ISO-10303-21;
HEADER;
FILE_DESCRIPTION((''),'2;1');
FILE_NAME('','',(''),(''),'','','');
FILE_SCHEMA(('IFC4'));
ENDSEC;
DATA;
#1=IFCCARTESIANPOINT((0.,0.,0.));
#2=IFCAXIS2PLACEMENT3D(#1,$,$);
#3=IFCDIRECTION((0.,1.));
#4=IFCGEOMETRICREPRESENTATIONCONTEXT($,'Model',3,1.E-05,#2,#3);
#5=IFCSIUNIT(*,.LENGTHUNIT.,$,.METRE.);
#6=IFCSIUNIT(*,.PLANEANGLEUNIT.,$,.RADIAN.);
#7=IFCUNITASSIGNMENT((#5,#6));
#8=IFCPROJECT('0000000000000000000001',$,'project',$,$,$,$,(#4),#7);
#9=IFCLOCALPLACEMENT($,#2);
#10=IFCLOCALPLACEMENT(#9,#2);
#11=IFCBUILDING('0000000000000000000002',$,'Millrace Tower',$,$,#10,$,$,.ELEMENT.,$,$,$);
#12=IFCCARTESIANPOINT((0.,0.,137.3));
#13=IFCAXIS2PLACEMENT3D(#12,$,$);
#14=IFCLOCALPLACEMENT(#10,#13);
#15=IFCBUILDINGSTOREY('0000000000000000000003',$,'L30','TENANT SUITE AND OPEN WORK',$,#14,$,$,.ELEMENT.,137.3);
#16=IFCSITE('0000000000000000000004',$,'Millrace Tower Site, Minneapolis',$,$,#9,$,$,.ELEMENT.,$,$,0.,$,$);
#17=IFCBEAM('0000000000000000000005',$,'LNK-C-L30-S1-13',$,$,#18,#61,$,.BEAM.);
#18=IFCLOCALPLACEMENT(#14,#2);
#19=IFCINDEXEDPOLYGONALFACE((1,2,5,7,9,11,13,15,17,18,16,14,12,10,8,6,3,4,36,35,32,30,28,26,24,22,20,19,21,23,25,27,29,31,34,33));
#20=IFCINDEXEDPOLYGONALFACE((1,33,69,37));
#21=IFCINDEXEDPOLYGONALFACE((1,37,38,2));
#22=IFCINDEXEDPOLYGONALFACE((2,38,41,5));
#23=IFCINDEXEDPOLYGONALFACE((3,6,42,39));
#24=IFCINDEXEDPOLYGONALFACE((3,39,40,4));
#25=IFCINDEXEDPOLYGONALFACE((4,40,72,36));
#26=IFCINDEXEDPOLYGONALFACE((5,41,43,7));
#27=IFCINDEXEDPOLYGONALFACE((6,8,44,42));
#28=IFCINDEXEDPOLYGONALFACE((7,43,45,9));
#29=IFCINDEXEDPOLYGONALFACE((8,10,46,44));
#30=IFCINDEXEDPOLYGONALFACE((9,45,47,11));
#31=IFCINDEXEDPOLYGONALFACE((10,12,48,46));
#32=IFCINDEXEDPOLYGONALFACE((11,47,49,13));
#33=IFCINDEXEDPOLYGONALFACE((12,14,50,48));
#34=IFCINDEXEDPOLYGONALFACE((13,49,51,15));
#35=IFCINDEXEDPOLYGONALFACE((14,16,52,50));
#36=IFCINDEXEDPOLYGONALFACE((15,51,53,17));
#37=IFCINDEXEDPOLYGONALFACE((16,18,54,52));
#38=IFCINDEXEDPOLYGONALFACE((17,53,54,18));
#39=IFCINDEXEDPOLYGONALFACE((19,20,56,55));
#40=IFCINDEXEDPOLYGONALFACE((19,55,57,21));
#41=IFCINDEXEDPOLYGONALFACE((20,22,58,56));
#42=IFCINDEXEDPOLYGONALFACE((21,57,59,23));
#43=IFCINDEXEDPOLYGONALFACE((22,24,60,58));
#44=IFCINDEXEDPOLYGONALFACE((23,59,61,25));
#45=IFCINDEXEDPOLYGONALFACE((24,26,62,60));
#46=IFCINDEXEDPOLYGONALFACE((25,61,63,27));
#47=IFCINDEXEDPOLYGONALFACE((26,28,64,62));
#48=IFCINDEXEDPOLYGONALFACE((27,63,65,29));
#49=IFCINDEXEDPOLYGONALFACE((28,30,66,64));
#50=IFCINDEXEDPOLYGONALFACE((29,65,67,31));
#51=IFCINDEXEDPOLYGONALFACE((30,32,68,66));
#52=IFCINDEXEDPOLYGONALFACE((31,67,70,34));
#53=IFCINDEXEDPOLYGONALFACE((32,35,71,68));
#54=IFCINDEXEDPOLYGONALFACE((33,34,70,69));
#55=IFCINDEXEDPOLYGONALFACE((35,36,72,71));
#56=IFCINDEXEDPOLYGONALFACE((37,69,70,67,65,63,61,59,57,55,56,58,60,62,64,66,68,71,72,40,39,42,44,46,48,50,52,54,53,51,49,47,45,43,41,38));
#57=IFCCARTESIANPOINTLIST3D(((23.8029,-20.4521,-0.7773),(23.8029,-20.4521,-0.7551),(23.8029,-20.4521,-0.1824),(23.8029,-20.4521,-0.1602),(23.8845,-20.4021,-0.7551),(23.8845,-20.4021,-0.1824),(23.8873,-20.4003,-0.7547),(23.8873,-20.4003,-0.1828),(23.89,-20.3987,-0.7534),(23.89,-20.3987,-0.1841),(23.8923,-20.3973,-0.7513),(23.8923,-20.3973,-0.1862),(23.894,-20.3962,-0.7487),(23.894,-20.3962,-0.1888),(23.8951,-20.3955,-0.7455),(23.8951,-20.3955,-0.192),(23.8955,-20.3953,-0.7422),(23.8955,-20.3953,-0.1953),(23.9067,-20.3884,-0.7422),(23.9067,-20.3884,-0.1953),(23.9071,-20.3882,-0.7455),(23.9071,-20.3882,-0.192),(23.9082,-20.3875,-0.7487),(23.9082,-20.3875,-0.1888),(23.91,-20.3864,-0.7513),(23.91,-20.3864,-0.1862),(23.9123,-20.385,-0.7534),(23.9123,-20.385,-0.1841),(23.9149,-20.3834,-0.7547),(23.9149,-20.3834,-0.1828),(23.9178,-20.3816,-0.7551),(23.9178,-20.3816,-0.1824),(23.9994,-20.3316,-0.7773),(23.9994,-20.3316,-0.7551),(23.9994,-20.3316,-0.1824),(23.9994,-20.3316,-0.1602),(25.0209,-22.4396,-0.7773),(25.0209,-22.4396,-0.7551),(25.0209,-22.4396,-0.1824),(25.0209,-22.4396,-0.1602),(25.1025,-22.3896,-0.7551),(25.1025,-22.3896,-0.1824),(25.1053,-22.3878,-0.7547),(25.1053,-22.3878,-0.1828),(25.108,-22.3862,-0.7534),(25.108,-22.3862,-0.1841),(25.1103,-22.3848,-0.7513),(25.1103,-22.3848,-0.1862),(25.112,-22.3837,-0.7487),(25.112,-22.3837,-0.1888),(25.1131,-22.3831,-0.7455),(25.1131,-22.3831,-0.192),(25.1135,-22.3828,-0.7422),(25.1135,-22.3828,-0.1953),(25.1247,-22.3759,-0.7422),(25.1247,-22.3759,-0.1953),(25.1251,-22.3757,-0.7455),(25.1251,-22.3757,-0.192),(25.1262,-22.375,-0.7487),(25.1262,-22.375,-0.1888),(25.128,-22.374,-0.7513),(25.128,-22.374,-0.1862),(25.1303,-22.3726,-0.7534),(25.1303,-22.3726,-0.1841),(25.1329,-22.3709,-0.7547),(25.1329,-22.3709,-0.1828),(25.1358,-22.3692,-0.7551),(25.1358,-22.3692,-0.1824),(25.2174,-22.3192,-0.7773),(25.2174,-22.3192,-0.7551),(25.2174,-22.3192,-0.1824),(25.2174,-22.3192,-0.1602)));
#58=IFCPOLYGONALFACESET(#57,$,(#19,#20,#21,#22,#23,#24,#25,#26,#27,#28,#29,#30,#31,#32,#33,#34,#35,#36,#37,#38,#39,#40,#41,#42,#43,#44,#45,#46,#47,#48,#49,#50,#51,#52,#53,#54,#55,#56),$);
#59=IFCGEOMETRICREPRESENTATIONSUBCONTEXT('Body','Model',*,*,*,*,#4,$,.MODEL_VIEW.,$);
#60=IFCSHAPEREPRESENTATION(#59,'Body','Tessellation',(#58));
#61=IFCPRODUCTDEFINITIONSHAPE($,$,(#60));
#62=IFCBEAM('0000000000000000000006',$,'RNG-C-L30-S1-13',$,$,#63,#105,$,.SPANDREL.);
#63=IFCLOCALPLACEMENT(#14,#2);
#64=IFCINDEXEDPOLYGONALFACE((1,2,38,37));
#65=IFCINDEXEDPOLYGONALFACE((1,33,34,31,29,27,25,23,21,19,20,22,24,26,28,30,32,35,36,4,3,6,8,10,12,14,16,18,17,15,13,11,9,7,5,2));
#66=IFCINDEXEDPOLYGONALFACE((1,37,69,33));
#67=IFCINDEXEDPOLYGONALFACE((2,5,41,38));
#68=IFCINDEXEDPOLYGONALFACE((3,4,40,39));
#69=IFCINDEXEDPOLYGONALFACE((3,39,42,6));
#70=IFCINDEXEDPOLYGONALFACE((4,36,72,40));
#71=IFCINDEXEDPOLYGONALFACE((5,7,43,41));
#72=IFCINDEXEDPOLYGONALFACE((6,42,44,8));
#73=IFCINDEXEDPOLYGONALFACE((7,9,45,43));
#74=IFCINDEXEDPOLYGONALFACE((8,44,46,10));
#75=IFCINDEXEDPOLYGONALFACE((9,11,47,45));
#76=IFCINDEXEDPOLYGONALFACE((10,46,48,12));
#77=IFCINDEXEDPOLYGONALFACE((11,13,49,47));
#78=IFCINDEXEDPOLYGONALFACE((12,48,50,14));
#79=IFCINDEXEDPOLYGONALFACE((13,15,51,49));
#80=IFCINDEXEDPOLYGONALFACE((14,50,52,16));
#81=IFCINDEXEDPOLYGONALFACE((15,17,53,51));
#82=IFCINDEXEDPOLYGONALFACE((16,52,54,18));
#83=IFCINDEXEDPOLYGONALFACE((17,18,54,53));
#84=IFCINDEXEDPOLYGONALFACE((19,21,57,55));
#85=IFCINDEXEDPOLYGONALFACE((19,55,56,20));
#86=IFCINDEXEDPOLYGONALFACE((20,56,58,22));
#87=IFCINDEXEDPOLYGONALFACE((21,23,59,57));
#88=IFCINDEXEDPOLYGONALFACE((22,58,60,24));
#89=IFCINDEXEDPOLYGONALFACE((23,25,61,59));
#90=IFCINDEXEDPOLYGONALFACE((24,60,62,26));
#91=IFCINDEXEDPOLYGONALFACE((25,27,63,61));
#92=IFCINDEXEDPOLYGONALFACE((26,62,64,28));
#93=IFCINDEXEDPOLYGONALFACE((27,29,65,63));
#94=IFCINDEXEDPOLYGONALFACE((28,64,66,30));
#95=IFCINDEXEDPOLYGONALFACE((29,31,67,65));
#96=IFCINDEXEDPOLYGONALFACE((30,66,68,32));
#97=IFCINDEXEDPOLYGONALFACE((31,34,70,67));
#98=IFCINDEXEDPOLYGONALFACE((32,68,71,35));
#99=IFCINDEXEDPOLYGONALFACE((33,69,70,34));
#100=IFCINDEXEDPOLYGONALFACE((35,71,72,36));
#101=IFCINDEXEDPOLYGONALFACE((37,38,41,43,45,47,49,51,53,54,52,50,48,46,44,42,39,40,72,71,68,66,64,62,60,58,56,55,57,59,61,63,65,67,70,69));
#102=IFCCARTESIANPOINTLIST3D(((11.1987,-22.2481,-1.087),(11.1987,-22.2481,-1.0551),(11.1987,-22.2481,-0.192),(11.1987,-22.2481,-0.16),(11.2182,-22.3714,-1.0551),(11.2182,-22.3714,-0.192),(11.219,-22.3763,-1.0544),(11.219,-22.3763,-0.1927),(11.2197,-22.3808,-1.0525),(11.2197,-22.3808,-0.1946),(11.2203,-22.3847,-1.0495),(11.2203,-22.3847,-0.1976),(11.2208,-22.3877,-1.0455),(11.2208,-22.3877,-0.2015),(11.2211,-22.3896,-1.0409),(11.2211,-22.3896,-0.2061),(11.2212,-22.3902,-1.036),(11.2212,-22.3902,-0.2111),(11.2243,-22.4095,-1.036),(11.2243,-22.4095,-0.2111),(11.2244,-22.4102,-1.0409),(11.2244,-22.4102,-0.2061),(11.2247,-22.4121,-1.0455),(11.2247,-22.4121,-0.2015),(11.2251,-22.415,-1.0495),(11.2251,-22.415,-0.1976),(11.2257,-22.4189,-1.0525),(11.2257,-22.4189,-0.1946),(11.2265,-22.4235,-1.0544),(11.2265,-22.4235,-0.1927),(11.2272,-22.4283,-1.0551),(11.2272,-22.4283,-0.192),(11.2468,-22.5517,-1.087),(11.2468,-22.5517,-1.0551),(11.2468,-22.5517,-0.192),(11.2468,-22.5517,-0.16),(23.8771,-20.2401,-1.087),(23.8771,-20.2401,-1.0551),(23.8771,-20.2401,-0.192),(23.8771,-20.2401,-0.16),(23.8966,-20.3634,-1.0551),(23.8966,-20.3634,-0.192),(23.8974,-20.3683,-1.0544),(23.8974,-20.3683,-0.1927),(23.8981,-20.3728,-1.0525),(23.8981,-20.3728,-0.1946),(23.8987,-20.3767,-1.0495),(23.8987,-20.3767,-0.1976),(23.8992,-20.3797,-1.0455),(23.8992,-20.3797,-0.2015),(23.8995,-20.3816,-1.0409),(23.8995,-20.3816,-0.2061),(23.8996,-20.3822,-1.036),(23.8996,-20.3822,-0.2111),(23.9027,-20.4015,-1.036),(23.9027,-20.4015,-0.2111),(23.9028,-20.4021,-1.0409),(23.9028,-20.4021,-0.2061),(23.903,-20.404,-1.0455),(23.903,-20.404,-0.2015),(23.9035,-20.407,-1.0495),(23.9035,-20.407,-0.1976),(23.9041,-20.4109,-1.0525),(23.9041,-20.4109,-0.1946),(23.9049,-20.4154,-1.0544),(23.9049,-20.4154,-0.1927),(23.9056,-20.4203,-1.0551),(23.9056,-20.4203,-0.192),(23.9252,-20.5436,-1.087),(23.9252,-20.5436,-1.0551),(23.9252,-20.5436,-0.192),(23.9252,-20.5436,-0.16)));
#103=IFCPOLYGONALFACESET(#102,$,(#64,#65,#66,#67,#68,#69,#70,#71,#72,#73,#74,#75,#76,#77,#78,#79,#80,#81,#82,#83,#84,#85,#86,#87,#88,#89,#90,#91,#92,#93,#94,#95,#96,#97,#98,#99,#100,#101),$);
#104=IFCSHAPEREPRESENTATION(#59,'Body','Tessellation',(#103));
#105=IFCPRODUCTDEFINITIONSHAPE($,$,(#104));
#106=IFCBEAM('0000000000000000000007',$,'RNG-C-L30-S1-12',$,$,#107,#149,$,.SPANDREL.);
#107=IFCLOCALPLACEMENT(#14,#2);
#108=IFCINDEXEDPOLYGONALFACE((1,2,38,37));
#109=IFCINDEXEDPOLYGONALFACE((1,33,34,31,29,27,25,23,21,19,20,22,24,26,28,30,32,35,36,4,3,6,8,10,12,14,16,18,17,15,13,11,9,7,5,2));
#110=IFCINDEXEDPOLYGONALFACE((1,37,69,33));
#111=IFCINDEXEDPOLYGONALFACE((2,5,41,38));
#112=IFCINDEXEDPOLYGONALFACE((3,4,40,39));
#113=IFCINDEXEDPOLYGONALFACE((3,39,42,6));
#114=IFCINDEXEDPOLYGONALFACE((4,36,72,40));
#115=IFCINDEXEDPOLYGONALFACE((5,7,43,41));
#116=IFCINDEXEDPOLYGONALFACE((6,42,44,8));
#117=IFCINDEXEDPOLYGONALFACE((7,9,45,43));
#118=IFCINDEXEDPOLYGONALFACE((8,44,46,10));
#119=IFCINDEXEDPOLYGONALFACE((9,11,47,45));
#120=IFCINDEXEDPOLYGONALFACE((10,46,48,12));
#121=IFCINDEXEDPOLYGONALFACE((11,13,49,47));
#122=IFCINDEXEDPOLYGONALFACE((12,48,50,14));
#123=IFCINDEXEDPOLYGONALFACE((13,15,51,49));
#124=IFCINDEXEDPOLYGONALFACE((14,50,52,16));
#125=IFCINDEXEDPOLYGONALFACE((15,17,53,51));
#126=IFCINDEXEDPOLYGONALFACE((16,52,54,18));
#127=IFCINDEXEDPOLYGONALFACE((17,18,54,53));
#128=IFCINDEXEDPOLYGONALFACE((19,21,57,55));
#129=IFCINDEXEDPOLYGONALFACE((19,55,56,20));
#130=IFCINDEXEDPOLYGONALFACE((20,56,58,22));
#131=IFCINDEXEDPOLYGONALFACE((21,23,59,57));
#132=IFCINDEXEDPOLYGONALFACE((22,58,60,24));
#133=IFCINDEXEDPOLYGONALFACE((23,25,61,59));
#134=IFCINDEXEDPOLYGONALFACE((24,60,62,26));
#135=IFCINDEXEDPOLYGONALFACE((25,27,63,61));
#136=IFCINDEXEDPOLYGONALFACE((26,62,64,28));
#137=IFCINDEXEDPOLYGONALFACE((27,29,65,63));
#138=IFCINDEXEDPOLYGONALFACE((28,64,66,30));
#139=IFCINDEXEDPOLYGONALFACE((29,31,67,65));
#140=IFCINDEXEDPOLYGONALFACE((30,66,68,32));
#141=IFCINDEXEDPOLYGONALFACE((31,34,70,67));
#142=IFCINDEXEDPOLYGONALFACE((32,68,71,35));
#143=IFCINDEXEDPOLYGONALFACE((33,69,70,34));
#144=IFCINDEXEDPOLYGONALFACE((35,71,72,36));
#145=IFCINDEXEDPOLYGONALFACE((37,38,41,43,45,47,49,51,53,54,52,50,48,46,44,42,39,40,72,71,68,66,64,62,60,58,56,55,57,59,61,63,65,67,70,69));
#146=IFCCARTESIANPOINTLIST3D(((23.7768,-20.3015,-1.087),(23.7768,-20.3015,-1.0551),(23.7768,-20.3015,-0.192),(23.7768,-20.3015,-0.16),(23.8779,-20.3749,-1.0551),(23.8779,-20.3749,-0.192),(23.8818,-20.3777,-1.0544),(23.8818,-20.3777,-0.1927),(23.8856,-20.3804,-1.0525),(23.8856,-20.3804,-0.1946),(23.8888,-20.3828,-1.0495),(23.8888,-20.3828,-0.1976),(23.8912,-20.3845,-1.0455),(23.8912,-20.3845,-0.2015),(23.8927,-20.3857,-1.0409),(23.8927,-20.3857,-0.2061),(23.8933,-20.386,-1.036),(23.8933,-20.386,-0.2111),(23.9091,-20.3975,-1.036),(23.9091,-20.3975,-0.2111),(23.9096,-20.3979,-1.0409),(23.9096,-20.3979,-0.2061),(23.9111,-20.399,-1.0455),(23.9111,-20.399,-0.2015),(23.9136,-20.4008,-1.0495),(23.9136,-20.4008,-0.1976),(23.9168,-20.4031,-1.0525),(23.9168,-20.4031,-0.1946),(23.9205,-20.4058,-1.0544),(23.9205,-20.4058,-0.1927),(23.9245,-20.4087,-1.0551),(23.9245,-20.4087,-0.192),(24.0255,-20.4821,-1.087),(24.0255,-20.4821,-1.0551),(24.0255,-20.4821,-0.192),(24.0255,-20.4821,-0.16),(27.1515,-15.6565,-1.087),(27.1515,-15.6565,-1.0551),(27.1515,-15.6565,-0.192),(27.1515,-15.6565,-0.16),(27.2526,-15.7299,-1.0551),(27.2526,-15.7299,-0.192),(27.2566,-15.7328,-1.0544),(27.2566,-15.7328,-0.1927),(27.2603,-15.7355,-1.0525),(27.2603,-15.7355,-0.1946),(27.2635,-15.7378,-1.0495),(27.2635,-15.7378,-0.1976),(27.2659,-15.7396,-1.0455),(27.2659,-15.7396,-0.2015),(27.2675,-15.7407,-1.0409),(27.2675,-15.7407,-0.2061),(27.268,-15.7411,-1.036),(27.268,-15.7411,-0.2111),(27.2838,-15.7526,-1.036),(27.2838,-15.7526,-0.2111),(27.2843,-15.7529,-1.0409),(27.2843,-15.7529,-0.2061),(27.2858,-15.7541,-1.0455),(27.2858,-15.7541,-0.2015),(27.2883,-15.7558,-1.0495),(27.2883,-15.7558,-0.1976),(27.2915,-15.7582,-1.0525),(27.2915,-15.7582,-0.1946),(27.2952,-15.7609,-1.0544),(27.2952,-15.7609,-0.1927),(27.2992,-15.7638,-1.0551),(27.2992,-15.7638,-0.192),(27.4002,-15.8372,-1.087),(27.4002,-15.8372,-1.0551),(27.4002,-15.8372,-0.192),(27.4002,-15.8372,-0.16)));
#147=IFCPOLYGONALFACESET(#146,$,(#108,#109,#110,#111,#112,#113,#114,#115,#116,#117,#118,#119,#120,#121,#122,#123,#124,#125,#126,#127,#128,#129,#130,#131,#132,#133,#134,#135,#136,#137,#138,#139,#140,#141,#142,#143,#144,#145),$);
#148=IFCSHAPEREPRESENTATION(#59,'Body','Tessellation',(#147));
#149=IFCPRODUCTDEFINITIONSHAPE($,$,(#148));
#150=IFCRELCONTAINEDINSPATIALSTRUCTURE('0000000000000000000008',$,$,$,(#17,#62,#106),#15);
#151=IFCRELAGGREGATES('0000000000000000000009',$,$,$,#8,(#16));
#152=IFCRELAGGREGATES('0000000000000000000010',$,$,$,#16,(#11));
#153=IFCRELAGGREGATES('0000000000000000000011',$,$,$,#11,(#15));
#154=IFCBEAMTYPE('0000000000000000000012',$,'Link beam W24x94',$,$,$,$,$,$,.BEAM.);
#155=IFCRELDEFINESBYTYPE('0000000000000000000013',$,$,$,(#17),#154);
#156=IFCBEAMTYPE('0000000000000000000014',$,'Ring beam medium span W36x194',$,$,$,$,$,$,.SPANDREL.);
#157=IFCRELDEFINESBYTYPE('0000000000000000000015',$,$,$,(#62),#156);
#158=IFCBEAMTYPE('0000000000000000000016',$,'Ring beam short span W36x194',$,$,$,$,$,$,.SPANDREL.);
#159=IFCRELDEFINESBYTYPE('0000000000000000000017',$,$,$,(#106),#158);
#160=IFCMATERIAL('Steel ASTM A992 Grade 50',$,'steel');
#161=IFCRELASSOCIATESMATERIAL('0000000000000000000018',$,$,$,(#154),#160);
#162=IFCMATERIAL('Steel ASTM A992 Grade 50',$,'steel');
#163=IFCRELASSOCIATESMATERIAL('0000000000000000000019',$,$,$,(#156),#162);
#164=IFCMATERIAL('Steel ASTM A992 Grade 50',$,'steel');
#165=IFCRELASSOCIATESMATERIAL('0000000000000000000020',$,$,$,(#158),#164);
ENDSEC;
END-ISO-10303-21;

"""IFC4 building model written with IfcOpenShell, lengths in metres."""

from ifc_helpers import new_model, si_unit, direction, frame, origin, origin_2d, place, context, subcontext, project, spatial, i_section, extrude, material, material_profile, profile_set, type_object, element, save


model = new_model("IFC4")

# Units and contexts
model_context = context("Model", 3, precision=1e-05, world=origin(), true_north=direction((0.0, 1.0)))
body_context = subcontext(model_context, "Body", "Model", "MODEL_VIEW")
ifc_project = project(units=[si_unit("LENGTHUNIT", "METRE"), si_unit("PLANEANGLEUNIT", "RADIAN")], contexts=[model_context])

# Site, building, storey
site_placement = place(None, origin())
site = spatial("IfcSite", under=ifc_project, at=site_placement, Name="Millrace Tower Site, Minneapolis", CompositionType="ELEMENT", RefElevation=0.0)
building_placement = place(site_placement, origin())
building = spatial("IfcBuilding", under=site, at=building_placement, Name="Millrace Tower", CompositionType="ELEMENT")
storey_placement = place(building_placement, frame((0.0, 0.0, 137.3)))
storey = spatial("IfcBuildingStorey", under=building, at=storey_placement, Name="L30", Description="TENANT SUITE AND OPEN WORK", CompositionType="ELEMENT", Elevation=137.3)

# Beams
ifc_material_1 = material(Name="Steel ASTM A992 Grade 50", Category="steel")
ifc_material_profile_1 = material_profile(ifc_material_1, i_section(OverallWidth=0.2305, OverallDepth=0.6172, WebThickness=0.0132, FlangeThickness=0.0222, FilletRadius=0.0129, at=origin_2d()))
ifc_profile_set_1 = profile_set([ifc_material_profile_1], Name="Steel ASTM A992 Grade 50")
beam_type_1 = type_object("IfcBeamType", Name="Link beam W24x94", PredefinedType="BEAM", material=ifc_profile_set_1)
beam_1_placement = place(storey_placement, frame((23.9011, -20.3918, -0.4688), z_axis=(0.522513, -0.852631, 0.0), x_axis=(0.852631, 0.522513, 0.0)))
element("IfcBeam", 1, at=beam_1_placement, inside=storey, type_object=beam_type_1, Name="LNK-C-L30-S1-13", PredefinedType="BEAM", context=body_context, shape_type="SweptSolid", body=[
    extrude(i_section(OverallWidth=0.2305, OverallDepth=0.6172, WebThickness=0.0132, FlangeThickness=0.0222, FilletRadius=0.0129, at=origin_2d()), origin(), (0.0, 0.0, 1.0), 2.3311),
])
ifc_material_2 = material(Name="Steel ASTM A992 Grade 50", Category="steel")
ifc_material_profile_2 = material_profile(ifc_material_2, i_section(OverallWidth=0.3074, OverallDepth=0.927, WebThickness=0.0195, FlangeThickness=0.032, FilletRadius=0.019, at=origin_2d()))
ifc_profile_set_2 = profile_set([ifc_material_profile_2], Name="Steel ASTM A992 Grade 50")
beam_type_2 = type_object("IfcBeamType", Name="Ring beam medium span W36x194", PredefinedType="SPANDREL", material=ifc_profile_set_2)
beam_2_placement = place(storey_placement, frame((23.9011, -20.3918, -0.6235), z_axis=(-0.987689, -0.156433, 0.0), x_axis=(0.156433, -0.987689, 0.0)))
element("IfcBeam", 2, at=beam_2_placement, inside=storey, type_object=beam_type_2, Name="RNG-C-L30-S1-13", PredefinedType="SPANDREL", context=body_context, shape_type="SweptSolid", body=[
    extrude(i_section(OverallWidth=0.3074, OverallDepth=0.927, WebThickness=0.0195, FlangeThickness=0.032, FilletRadius=0.019, at=origin_2d()), origin(), (0.0, 0.0, 1.0), 12.8364),
])
ifc_material_3 = material(Name="Steel ASTM A992 Grade 50", Category="steel")
ifc_material_profile_3 = material_profile(ifc_material_3, i_section(OverallWidth=0.3074, OverallDepth=0.927, WebThickness=0.0195, FlangeThickness=0.032, FilletRadius=0.019, at=origin_2d()))
ifc_profile_set_3 = profile_set([ifc_material_profile_3], Name="Steel ASTM A992 Grade 50")
beam_type_3 = type_object("IfcBeamType", Name="Ring beam short span W36x194", PredefinedType="SPANDREL", material=ifc_profile_set_3)
beam_3_placement = place(storey_placement, frame((27.2759, -15.7468, -0.6235), z_axis=(-0.58778, -0.809021, 0.0), x_axis=(0.809021, -0.58778, 0.0)))
element("IfcBeam", 3, at=beam_3_placement, inside=storey, type_object=beam_type_3, Name="RNG-C-L30-S1-12", PredefinedType="SPANDREL", context=body_context, shape_type="SweptSolid", body=[
    extrude(i_section(OverallWidth=0.3074, OverallDepth=0.927, WebThickness=0.0195, FlangeThickness=0.032, FilletRadius=0.019, at=origin_2d()), origin(), (0.0, 0.0, 1.0), 5.7415),
])

save(model, "model.ifc")
